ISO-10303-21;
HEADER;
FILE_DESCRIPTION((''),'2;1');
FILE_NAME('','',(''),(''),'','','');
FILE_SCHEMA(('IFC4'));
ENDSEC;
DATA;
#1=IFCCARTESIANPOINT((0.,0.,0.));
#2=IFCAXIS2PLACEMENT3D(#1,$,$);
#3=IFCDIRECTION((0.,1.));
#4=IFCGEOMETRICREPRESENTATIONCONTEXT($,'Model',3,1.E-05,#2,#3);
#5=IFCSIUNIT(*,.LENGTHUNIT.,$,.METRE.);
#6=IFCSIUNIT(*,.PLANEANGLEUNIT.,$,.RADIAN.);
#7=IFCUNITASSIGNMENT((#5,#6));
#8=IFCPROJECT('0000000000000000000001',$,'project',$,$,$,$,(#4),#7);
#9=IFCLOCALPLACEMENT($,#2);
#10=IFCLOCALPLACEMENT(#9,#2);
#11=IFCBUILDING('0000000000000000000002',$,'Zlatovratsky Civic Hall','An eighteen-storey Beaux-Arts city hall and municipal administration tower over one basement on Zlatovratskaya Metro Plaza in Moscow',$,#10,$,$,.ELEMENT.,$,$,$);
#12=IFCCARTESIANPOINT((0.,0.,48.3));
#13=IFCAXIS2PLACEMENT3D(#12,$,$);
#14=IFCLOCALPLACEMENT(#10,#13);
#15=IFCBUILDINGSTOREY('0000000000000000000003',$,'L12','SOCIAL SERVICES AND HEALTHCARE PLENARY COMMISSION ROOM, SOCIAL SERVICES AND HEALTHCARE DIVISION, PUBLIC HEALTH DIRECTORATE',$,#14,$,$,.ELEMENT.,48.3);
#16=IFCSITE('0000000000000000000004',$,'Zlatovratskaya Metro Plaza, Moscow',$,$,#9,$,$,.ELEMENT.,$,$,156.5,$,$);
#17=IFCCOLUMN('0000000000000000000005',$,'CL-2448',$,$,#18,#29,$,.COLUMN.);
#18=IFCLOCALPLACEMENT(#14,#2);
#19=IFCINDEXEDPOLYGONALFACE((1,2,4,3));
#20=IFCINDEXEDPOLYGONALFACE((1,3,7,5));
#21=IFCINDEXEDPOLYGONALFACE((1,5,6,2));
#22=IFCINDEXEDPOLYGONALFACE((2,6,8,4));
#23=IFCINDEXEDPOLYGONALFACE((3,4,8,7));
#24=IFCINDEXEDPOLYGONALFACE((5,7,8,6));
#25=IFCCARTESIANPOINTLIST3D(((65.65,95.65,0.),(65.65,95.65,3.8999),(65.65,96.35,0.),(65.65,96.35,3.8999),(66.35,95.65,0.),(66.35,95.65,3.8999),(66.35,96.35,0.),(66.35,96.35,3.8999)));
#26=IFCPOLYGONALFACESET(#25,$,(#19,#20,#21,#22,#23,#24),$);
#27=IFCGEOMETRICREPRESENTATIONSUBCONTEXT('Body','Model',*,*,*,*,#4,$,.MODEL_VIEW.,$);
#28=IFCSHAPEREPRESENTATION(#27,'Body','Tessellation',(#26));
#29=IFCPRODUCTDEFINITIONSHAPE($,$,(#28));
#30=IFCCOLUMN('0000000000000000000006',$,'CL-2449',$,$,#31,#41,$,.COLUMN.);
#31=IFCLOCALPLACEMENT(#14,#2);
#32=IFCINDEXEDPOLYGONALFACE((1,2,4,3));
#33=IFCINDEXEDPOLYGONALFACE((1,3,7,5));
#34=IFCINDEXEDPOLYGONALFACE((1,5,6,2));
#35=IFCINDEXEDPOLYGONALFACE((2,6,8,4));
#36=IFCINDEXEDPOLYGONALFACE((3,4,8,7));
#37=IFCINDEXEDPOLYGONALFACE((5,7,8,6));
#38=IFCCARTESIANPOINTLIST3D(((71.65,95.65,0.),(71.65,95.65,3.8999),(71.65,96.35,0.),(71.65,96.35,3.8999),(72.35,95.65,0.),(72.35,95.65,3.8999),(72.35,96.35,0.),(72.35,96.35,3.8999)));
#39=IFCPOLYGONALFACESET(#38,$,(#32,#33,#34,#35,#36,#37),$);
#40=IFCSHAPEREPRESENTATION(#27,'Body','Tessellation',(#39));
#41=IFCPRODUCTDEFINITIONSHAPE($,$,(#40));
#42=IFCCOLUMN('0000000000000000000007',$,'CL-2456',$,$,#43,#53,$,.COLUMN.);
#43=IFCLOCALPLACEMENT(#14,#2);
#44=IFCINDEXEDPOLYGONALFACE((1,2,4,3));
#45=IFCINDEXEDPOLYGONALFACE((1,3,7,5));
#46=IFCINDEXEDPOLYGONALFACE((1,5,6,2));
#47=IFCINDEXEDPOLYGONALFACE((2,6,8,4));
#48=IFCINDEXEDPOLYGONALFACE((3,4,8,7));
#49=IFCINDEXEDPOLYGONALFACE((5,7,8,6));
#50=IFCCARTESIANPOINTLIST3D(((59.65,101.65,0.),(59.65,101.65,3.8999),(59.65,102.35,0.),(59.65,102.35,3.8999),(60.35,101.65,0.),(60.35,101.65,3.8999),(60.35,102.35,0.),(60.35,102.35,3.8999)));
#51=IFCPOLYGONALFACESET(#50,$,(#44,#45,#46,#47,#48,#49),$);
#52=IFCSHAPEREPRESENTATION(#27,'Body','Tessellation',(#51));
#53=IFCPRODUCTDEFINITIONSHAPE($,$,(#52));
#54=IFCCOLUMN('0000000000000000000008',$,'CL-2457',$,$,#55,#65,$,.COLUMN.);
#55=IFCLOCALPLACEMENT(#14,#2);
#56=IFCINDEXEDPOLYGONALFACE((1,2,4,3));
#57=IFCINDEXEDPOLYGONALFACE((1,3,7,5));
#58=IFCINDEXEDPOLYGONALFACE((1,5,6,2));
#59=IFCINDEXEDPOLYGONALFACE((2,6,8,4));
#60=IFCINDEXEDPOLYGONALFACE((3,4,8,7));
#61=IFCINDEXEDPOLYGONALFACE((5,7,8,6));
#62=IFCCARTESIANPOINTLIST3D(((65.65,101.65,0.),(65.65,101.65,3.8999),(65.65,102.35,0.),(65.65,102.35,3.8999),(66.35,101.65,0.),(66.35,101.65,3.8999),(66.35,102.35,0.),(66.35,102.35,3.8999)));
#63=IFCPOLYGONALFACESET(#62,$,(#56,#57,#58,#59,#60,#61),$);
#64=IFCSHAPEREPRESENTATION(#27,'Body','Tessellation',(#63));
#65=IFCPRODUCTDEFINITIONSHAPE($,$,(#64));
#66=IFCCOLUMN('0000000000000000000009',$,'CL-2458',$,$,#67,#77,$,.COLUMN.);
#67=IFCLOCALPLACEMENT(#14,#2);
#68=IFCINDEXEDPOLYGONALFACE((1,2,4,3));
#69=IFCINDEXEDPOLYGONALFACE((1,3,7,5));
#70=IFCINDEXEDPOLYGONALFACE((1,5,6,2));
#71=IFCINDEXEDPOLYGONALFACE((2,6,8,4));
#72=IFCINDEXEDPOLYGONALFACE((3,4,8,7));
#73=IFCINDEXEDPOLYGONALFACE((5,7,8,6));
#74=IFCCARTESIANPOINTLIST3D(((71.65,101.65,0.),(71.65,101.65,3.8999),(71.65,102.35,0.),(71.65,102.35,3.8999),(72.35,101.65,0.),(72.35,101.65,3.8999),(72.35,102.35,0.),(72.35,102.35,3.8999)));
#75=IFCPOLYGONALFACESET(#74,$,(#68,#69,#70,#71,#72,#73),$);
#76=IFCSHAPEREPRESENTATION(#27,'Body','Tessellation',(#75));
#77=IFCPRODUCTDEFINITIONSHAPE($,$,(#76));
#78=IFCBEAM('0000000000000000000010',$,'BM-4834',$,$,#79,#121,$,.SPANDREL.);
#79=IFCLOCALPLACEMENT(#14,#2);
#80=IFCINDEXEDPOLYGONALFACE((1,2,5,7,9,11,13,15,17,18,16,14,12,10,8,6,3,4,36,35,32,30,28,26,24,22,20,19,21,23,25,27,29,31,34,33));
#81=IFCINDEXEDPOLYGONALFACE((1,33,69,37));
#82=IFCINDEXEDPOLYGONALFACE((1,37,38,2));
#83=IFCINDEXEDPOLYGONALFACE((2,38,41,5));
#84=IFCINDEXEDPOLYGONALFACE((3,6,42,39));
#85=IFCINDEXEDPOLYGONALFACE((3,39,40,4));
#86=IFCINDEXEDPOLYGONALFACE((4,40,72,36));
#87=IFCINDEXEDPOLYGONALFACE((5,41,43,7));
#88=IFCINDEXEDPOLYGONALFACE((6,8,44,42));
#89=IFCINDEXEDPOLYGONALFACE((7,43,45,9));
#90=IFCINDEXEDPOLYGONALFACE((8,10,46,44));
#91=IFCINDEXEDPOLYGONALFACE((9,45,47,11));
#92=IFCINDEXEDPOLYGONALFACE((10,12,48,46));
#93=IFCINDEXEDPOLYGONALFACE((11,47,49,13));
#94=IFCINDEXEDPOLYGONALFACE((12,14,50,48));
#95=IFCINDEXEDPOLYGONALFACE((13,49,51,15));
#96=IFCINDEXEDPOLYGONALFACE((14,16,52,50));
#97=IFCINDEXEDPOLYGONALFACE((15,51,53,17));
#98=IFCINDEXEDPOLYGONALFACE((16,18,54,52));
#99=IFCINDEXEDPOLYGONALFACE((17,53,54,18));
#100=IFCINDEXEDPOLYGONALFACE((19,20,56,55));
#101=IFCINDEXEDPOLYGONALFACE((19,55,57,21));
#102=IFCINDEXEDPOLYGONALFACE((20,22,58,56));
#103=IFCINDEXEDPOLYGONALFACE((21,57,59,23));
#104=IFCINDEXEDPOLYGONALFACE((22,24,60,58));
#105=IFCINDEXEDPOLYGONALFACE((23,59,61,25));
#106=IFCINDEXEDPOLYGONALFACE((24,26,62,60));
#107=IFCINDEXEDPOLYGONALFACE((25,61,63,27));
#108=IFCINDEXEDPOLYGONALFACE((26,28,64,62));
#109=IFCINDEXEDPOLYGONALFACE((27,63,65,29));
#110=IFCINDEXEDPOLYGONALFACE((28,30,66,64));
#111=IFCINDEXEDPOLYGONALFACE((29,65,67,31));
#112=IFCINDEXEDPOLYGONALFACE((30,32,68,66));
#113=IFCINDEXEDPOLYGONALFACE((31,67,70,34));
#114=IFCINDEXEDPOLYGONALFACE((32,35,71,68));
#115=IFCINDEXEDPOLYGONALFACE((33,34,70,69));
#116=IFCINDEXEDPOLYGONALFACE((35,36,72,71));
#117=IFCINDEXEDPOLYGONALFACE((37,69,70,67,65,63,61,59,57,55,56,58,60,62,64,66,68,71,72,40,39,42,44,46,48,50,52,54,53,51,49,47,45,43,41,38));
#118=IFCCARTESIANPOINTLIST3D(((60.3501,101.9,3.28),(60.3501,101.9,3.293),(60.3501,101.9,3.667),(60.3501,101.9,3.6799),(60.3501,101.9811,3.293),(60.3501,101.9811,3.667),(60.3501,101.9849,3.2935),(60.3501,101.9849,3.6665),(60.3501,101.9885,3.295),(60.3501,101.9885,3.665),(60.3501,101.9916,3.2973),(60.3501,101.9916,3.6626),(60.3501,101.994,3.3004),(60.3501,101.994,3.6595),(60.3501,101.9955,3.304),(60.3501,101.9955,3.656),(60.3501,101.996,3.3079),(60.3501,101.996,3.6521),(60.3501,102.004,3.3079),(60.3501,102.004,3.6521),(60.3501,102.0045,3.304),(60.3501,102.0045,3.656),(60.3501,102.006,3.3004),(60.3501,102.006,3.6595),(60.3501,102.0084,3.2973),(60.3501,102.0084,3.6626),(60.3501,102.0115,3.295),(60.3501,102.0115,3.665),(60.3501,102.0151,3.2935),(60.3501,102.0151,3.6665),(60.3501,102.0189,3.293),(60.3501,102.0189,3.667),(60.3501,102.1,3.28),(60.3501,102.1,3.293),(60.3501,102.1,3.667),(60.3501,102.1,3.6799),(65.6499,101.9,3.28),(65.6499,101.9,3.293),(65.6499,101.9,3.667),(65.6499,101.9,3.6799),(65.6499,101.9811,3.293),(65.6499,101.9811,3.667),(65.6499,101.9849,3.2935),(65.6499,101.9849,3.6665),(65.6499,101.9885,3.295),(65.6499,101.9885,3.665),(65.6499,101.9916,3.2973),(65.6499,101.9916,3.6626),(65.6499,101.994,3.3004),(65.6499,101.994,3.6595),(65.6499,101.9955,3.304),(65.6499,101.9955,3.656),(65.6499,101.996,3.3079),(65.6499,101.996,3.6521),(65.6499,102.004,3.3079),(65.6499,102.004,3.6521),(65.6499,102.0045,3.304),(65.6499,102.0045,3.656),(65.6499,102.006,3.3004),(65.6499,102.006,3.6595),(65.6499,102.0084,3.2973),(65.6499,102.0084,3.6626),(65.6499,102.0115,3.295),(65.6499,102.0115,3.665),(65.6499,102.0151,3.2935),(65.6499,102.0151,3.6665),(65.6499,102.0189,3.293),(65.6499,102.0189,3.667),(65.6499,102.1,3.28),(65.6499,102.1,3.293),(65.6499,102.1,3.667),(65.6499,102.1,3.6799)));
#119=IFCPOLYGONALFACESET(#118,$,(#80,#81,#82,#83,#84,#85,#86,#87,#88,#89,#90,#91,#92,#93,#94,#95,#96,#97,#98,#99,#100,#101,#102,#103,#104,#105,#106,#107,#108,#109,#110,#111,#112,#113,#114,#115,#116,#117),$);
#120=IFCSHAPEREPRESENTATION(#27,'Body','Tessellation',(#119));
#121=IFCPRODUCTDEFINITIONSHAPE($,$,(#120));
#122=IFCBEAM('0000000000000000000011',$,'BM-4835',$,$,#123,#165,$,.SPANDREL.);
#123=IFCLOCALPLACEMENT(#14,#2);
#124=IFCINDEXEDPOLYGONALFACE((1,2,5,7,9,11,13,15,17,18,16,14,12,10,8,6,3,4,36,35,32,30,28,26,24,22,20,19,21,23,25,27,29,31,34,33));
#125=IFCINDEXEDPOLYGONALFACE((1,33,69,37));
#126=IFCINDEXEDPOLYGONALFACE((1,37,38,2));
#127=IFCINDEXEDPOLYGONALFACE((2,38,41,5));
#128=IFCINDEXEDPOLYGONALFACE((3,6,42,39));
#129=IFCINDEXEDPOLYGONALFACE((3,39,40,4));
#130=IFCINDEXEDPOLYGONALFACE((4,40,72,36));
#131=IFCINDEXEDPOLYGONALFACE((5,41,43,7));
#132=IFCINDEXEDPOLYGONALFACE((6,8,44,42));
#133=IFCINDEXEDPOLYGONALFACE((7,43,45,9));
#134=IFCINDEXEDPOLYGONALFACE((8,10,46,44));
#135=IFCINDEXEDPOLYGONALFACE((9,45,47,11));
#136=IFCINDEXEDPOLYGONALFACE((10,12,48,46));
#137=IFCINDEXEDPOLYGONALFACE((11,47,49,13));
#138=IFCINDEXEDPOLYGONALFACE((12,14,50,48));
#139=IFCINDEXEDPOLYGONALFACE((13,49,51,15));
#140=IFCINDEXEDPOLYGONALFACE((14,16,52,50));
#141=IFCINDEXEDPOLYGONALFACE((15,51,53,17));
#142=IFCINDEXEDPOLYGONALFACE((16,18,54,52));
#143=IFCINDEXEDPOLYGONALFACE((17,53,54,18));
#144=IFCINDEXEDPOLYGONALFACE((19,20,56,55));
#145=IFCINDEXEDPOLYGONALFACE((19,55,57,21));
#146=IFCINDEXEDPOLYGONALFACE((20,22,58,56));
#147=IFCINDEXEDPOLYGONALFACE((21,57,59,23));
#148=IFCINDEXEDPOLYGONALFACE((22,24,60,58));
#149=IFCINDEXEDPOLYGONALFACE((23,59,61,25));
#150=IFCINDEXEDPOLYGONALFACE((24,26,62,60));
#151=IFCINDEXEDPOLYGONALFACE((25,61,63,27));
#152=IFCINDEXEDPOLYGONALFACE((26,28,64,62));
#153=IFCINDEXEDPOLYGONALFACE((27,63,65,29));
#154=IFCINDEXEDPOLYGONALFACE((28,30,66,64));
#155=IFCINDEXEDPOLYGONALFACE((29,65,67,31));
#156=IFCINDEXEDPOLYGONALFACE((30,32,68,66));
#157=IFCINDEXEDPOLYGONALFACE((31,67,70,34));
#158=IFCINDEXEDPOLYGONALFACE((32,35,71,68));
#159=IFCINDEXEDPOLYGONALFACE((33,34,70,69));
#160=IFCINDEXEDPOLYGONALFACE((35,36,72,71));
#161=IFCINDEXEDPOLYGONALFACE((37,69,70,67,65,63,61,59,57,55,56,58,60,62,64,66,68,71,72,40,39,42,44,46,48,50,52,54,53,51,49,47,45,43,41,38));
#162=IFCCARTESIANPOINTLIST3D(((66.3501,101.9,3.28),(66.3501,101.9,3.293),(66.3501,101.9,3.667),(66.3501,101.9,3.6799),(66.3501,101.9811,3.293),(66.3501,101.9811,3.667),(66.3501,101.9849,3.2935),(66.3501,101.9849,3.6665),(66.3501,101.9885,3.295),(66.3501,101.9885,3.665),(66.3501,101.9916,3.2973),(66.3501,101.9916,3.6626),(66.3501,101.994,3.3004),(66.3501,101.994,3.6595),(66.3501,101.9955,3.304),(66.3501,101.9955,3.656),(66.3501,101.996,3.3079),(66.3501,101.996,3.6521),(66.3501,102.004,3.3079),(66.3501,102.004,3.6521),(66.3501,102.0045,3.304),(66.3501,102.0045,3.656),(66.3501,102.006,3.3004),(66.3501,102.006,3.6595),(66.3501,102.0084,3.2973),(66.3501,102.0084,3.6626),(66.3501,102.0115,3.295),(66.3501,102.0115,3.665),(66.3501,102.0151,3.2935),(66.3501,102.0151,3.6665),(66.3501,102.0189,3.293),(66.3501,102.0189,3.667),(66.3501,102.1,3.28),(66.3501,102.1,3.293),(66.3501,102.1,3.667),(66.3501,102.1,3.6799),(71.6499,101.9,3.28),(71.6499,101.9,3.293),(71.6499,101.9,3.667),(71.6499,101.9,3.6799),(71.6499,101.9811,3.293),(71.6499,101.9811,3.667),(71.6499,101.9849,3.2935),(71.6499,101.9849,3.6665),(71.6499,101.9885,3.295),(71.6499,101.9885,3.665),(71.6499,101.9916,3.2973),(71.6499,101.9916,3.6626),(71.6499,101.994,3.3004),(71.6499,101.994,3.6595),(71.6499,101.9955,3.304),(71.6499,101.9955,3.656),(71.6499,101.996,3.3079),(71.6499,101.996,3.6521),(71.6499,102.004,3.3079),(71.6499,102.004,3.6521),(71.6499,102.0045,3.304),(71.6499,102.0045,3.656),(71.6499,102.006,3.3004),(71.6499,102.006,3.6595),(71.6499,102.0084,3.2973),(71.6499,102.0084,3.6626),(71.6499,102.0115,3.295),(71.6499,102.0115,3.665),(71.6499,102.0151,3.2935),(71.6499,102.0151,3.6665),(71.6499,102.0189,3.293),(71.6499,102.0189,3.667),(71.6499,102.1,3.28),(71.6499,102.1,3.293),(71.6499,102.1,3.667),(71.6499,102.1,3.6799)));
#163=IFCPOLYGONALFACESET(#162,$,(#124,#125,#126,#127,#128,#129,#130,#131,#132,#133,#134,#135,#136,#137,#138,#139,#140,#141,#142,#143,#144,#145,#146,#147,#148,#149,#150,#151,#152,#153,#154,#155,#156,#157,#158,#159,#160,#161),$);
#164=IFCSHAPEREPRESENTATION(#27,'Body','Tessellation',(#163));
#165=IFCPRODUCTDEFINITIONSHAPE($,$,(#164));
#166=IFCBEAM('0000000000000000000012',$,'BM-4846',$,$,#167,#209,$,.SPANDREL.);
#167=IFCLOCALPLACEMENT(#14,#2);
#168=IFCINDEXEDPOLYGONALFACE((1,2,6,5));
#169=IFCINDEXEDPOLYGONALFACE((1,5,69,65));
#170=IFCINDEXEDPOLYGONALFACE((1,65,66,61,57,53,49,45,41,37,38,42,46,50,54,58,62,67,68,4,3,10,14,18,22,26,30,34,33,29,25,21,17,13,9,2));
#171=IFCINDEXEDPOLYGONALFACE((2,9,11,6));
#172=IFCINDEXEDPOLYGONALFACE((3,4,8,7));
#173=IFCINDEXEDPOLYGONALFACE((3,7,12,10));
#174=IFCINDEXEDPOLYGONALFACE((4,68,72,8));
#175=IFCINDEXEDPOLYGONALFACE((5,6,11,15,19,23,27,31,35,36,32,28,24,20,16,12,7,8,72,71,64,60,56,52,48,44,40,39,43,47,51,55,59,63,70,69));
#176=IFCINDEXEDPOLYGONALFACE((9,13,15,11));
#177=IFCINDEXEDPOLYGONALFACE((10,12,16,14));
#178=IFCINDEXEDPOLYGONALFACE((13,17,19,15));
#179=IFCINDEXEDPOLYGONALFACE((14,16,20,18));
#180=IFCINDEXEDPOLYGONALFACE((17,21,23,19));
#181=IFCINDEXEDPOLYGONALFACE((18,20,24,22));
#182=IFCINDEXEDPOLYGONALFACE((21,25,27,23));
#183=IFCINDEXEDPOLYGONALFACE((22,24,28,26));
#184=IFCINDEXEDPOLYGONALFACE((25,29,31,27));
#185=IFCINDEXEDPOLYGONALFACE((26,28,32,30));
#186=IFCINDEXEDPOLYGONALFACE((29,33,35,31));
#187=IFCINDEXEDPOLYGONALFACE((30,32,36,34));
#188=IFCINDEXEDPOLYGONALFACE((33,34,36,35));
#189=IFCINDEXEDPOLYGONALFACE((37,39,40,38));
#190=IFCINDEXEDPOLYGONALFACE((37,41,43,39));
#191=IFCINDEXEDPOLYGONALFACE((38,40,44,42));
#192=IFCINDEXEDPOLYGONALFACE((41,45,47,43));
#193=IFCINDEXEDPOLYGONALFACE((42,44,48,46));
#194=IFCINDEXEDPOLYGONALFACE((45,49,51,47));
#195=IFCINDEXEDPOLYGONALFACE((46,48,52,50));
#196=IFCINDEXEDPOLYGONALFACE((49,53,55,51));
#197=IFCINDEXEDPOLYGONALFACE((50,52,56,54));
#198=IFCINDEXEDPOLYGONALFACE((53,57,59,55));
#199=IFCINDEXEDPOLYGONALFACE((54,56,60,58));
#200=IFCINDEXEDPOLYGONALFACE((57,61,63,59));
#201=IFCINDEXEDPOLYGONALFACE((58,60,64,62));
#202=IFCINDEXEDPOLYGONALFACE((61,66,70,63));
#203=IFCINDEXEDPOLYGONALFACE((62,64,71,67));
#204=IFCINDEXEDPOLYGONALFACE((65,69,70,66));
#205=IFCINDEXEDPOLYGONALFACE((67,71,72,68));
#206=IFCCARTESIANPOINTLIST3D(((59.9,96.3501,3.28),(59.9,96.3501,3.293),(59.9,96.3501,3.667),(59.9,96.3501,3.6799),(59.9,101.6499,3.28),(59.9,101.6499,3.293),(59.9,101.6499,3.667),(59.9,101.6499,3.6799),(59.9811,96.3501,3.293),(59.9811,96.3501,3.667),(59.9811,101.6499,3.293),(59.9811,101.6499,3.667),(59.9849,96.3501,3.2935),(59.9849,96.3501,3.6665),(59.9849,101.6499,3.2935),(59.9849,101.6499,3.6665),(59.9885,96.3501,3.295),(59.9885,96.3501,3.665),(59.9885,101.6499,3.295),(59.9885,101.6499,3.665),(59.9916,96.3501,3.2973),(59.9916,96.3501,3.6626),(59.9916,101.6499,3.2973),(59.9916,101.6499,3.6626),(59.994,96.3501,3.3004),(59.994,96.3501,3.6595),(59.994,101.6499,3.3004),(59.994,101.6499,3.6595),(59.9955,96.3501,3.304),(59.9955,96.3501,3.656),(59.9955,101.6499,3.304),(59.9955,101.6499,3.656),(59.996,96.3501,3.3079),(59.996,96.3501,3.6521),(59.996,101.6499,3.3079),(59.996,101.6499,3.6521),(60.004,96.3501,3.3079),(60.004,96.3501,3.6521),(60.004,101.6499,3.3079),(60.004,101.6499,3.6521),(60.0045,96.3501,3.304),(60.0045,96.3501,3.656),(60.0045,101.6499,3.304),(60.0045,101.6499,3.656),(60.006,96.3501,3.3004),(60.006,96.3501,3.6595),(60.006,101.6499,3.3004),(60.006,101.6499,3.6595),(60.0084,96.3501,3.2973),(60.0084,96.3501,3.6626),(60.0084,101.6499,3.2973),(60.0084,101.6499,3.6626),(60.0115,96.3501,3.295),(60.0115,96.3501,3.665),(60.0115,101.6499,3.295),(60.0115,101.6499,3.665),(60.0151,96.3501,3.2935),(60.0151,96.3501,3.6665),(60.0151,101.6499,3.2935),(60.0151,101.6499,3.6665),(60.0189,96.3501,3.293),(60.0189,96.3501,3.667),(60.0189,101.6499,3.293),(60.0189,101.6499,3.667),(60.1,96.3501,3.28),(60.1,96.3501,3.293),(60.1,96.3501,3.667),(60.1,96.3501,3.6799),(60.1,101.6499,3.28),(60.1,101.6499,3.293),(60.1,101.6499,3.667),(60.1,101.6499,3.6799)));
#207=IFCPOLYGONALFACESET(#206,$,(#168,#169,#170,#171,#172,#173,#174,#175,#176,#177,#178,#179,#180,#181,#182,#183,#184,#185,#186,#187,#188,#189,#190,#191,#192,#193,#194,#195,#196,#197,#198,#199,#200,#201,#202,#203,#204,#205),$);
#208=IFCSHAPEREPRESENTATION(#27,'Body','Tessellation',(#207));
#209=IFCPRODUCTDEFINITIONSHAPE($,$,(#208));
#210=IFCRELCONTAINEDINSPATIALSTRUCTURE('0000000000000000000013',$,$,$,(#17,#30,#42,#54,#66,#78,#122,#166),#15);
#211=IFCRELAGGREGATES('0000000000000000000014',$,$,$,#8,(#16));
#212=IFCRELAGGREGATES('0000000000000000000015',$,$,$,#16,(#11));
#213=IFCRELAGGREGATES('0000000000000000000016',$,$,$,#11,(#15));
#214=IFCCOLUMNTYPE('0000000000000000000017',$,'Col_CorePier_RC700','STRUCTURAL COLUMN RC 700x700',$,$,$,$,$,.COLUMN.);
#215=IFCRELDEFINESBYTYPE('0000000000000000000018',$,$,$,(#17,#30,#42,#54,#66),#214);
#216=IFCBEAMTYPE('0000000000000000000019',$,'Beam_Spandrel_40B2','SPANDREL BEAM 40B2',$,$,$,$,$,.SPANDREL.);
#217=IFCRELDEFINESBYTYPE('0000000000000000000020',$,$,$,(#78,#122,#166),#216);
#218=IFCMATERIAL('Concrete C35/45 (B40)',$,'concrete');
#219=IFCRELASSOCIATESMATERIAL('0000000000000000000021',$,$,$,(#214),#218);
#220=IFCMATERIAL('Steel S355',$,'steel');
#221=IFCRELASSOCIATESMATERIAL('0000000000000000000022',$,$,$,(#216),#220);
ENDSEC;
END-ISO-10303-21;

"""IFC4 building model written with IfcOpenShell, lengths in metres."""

from ifc_helpers import new_model, si_unit, direction, frame, origin, origin_2d, place, context, subcontext, project, spatial, rectangle, i_section, extrude, material, material_profile, profile_set, type_object, element, save


model = new_model("IFC4")

# Units and contexts
model_context = context("Model", 3, precision=1e-05, world=origin(), true_north=direction((0.0, 1.0)))
body_context = subcontext(model_context, "Body", "Model", "MODEL_VIEW")
ifc_project = project(units=[si_unit("LENGTHUNIT", "METRE"), si_unit("PLANEANGLEUNIT", "RADIAN")], contexts=[model_context])

# Site, building, storey
site_placement = place(None, origin())
site = spatial("IfcSite", under=ifc_project, at=site_placement, Name="Zlatovratskaya Metro Plaza, Moscow", CompositionType="ELEMENT", RefElevation=156.5)
building_placement = place(site_placement, origin())
building = spatial("IfcBuilding", under=site, at=building_placement, Name="Zlatovratsky Civic Hall", Description="An eighteen-storey Beaux-Arts city hall and municipal administration tower over one basement on Zlatovratskaya Metro Plaza in Moscow", CompositionType="ELEMENT")
storey_placement = place(building_placement, frame((0.0, 0.0, 48.3)))
storey = spatial("IfcBuildingStorey", under=building, at=storey_placement, Name="L12", Description="SOCIAL SERVICES AND HEALTHCARE PLENARY COMMISSION ROOM, SOCIAL SERVICES AND HEALTHCARE DIVISION, PUBLIC HEALTH DIRECTORATE", CompositionType="ELEMENT", Elevation=48.3)

# Columns
ifc_material_1 = material(Name="Concrete C35/45 (B40)", Category="concrete")
ifc_material_profile_1 = material_profile(ifc_material_1, rectangle(XDim=0.7, YDim=0.7, at=origin_2d()), Name="RC 700x700")
ifc_profile_set_1 = profile_set([ifc_material_profile_1], Name="Concrete C35/45 (B40)")
column_type = type_object("IfcColumnType", Name="Col_CorePier_RC700", Description="STRUCTURAL COLUMN RC 700x700", PredefinedType="COLUMN", material=ifc_profile_set_1)
for number, where, z_axis, x_axis, name in (
    (1, (66.0, 96.0, 0.0), (0.0, 0.0, 1.0), (1.0, 0.0, 0.0), "CL-2448"),
    (2, (72.0, 96.0, 0.0), (0.0, 0.0, 1.0), (1.0, 0.0, 0.0), "CL-2449"),
    (3, (60.0, 102.0, 0.0), (0.0, 0.0, 1.0), (1.0, 0.0, 0.0), "CL-2456"),
    (4, (66.0, 102.0, 0.0), (0.0, 0.0, 1.0), (1.0, 0.0, 0.0), "CL-2457"),
    (5, (72.0, 102.0, 0.0), (0.0, 0.0, 1.0), (1.0, 0.0, 0.0), "CL-2458"),
):
    element("IfcColumn", number, at=place(storey_placement, frame(where, z_axis=z_axis, x_axis=x_axis)), inside=storey, type_object=column_type, Name=name, PredefinedType="COLUMN", context=body_context, shape_type="SweptSolid", body=[
        extrude(rectangle(XDim=0.7, YDim=0.7, at=origin_2d()), origin(), (0.0, 0.0, 1.0), 3.8999),
    ])

# Beams
ifc_material_2 = material(Name="Steel S355", Category="steel")
ifc_material_profile_2 = material_profile(ifc_material_2, i_section(OverallWidth=0.2, OverallDepth=0.3999, WebThickness=0.0081, FlangeThickness=0.0129, FilletRadius=0.0149, at=origin_2d()), Name="40B2")
ifc_profile_set_2 = profile_set([ifc_material_profile_2], Name="Steel S355")
beam_type_1 = type_object("IfcBeamType", Name="Beam_Spandrel_40B2", Description="SPANDREL BEAM 40B2", PredefinedType="SPANDREL", material=ifc_profile_set_2)
for number, where, z_axis, x_axis, name in (
    (6, (60.3501, 102.0, 3.48), (1.0, 0.0, 0.0), (0.0, 1.0, 0.0), "BM-4834"),
    (7, (66.3501, 102.0, 3.48), (1.0, 0.0, 0.0), (0.0, 1.0, 0.0), "BM-4835"),
    (8, (60.0, 96.3501, 3.48), (0.0, 1.0, 0.0), (-1.0, 0.0, 0.0), "BM-4846"),
):
    element("IfcBeam", number, at=place(storey_placement, frame(where, z_axis=z_axis, x_axis=x_axis)), inside=storey, type_object=beam_type_1, Name=name, PredefinedType="SPANDREL", context=body_context, shape_type="SweptSolid", body=[
        extrude(i_section(OverallWidth=0.2, OverallDepth=0.3999, WebThickness=0.0081, FlangeThickness=0.0129, FilletRadius=0.0149, at=origin_2d()), origin(), (0.0, 0.0, 1.0), 5.2998),
    ])

save(model, "model.ifc")
